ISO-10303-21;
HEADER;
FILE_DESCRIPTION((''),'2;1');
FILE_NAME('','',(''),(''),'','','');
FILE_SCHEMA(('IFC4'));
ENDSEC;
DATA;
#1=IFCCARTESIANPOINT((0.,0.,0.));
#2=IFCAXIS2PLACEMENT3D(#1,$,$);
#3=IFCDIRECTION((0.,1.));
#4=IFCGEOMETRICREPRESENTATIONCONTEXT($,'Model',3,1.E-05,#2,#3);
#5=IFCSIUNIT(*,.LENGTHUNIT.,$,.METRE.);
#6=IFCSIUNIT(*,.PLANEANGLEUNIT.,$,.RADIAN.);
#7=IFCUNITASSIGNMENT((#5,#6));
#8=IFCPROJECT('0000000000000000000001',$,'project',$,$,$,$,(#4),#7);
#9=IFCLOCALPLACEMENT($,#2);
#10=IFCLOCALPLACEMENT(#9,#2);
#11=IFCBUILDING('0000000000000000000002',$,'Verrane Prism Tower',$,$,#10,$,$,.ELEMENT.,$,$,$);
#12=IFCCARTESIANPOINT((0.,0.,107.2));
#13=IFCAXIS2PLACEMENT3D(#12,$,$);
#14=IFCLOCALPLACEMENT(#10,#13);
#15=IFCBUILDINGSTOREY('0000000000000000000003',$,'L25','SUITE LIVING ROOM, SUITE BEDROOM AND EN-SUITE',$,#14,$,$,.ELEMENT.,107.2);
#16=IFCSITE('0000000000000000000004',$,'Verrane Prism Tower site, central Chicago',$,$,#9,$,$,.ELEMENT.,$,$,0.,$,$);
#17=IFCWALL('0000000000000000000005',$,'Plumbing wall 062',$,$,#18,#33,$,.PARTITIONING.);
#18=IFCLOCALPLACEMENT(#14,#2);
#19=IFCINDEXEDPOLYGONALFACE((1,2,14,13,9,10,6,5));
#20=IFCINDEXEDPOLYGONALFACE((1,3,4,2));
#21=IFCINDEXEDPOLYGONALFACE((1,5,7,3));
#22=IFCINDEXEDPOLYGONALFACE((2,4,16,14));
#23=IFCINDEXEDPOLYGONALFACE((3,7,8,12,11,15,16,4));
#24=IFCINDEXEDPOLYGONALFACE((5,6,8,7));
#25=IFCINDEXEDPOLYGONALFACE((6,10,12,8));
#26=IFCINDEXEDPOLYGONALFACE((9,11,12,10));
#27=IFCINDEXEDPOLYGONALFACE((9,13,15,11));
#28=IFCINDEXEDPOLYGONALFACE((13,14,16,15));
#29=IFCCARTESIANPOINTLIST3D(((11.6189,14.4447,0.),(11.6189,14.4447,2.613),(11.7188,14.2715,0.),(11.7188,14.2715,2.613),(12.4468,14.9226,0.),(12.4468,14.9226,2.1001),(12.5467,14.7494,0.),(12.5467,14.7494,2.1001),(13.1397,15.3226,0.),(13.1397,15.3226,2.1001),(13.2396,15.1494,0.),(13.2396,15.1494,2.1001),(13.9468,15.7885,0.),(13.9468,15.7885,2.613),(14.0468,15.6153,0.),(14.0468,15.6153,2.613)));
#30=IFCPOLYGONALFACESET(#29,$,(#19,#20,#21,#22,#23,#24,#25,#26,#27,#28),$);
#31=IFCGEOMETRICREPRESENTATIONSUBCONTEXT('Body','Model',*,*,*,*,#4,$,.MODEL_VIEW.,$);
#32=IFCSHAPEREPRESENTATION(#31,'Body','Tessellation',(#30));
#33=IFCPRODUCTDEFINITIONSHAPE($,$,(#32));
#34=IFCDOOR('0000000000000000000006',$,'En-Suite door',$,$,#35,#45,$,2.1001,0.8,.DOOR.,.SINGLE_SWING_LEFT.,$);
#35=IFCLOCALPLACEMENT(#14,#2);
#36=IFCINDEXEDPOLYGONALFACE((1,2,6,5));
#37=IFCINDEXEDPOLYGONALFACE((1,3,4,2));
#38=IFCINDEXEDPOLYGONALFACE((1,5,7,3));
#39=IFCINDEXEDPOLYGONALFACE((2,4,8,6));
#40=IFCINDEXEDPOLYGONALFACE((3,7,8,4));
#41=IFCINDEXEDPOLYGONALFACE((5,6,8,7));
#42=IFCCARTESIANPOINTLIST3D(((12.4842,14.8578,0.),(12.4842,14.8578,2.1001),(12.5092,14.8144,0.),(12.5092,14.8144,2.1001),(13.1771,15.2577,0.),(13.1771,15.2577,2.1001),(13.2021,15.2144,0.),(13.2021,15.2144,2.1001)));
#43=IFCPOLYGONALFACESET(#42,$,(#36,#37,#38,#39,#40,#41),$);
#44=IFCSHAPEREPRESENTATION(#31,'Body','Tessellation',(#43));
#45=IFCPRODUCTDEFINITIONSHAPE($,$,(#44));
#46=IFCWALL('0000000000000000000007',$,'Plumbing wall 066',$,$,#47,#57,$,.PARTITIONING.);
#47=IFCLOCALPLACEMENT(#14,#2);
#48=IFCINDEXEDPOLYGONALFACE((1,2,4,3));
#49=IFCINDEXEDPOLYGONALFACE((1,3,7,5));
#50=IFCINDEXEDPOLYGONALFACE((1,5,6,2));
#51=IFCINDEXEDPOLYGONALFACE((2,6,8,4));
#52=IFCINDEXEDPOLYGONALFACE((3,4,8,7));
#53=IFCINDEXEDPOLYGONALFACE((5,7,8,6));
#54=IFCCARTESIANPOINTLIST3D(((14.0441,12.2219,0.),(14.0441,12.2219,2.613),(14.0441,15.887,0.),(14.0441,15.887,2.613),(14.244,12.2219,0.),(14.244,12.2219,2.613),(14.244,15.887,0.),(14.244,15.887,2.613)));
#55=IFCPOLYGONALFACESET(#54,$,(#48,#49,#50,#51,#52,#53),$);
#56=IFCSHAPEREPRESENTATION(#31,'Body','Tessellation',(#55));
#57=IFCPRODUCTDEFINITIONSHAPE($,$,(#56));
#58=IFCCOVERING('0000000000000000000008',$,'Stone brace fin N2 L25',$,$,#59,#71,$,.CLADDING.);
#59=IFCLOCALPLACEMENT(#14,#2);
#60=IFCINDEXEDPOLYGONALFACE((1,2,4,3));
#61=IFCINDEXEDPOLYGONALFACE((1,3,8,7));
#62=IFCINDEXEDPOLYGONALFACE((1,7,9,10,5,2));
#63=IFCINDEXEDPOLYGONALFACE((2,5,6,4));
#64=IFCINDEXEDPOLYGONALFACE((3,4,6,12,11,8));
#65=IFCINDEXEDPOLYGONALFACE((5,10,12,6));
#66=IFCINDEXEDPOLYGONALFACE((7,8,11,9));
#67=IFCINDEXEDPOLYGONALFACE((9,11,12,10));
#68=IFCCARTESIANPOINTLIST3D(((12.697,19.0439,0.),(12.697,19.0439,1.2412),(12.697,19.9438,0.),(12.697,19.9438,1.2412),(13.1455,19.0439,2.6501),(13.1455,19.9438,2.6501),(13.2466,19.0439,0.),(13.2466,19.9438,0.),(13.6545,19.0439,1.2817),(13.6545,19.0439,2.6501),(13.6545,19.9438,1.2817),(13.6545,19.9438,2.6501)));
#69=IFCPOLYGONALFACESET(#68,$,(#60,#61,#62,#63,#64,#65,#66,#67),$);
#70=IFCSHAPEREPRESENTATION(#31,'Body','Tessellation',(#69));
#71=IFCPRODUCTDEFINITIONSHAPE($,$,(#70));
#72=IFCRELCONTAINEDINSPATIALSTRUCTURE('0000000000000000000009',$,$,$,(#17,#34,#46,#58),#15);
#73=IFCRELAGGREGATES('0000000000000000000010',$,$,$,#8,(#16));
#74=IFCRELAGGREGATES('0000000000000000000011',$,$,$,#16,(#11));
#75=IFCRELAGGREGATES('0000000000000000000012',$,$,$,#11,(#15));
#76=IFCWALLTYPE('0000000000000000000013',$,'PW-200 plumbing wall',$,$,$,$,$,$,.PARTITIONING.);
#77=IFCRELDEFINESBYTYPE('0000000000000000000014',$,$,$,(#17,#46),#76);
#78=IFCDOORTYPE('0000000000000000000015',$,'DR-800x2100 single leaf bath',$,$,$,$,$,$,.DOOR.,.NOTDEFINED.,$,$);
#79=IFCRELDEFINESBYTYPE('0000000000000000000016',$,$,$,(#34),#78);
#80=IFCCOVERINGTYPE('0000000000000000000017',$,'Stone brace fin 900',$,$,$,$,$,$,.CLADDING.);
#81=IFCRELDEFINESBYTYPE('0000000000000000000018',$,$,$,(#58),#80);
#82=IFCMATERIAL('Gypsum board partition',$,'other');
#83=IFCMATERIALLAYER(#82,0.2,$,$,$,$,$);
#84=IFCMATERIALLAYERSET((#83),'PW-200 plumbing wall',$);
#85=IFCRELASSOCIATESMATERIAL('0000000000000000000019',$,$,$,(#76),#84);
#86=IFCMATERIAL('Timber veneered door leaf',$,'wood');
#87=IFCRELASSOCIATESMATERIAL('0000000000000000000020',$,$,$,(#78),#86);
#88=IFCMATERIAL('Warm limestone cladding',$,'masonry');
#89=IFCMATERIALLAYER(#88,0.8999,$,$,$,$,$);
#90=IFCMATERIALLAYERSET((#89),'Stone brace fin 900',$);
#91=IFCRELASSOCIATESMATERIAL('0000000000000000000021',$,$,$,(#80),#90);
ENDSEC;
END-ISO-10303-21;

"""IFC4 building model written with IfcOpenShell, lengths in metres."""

from ifc_helpers import new_model, si_unit, direction, frame, frame_2d, origin, place, context, subcontext, project, spatial, polyline, rectangle, outline, extrude, material, layer, layer_set, type_object, element, fill, save


model = new_model("IFC4")

# Units and contexts
model_context = context("Model", 3, precision=1e-05, world=origin(), true_north=direction((0.0, 1.0)))
body_context = subcontext(model_context, "Body", "Model", "MODEL_VIEW")
ifc_project = project(units=[si_unit("LENGTHUNIT", "METRE"), si_unit("PLANEANGLEUNIT", "RADIAN")], contexts=[model_context])

# Site, building, storey
site_placement = place(None, origin())
site = spatial("IfcSite", under=ifc_project, at=site_placement, Name="Verrane Prism Tower site, central Chicago", CompositionType="ELEMENT", RefElevation=0.0)
building_placement = place(site_placement, origin())
building = spatial("IfcBuilding", under=site, at=building_placement, Name="Verrane Prism Tower", CompositionType="ELEMENT")
storey_placement = place(building_placement, frame((0.0, 0.0, 107.2)))
storey = spatial("IfcBuildingStorey", under=building, at=storey_placement, Name="L25", Description="SUITE LIVING ROOM, SUITE BEDROOM AND EN-SUITE", CompositionType="ELEMENT", Elevation=107.2)

# Shared definitions
ifc_material_1 = material(Name="Gypsum board partition", Category="other")
ifc_layer_1 = layer(ifc_material_1, 0.2)
ifc_layer_set_1 = layer_set([ifc_layer_1], Name="PW-200 plumbing wall")
wall_type_1 = type_object("IfcWallType", Name="PW-200 plumbing wall", PredefinedType="PARTITIONING", material=ifc_layer_set_1)
ifc_material_2 = material(Name="Timber veneered door leaf", Category="wood")
door_type_1 = type_object("IfcDoorType", Name="DR-800x2100 single leaf bath", OperationType="NOTDEFINED", PredefinedType="DOOR", material=ifc_material_2)

# Wall, opening, door
wall_1_placement = place(storey_placement, frame((13.9968, 15.7019, 0.0), z_axis=(0.0, 0.0, 1.0), x_axis=(-0.866066, -0.49993, 0.0)))
wall_1 = element("IfcWall", 1, at=wall_1_placement, inside=storey, type_object=wall_type_1, Name="Plumbing wall 062", PredefinedType="PARTITIONING", context=body_context, shape_type="SweptSolid", body=[
    extrude(rectangle(XDim=2.688, YDim=0.2, at=frame_2d((1.344, 0.0))), origin(), (0.0, 0.0, 1.0), 2.613),
])
opening_1_placement = place(wall_1_placement, frame((0.9321, 0.0, 0.0)))
opening_1 = element("IfcOpeningElement", 2, at=opening_1_placement, cuts=wall_1, PredefinedType="OPENING", context=body_context, shape_type="SweptSolid", body=[
    extrude(rectangle(XDim=0.8, YDim=2.1001, at=frame_2d((0.3999, 1.05))), frame((0.0, 0.1099, 0.0), z_axis=(0.0, -1.0, 0.0), x_axis=(1.0, 0.0, 0.0)), (0.0, 0.0, 1.0), 0.22),
])
door_1_placement = place(opening_1_placement, origin())
door_1 = element("IfcDoor", 3, at=door_1_placement, inside=storey, type_object=door_type_1, Name="En-Suite door", OperationType="SINGLE_SWING_LEFT", OverallHeight=2.1001, OverallWidth=0.8, PredefinedType="DOOR", context=body_context, shape_type="SweptSolid", body=[
    extrude(rectangle(XDim=0.8, YDim=2.1001, at=frame_2d((0.3999, 1.05))), frame((0.0, 0.0249, 0.0), z_axis=(0.0, -1.0, 0.0), x_axis=(1.0, 0.0, 0.0)), (0.0, 0.0, 1.0), 0.05),
])
fill(opening_1, door_1)

# Wall
wall_2_placement = place(storey_placement, frame((14.144, 12.2219, 0.0), z_axis=(0.0, 0.0, 1.0), x_axis=(0.0, 1.0, 0.0)))
element("IfcWall", 4, at=wall_2_placement, inside=storey, type_object=wall_type_1, Name="Plumbing wall 066", PredefinedType="PARTITIONING", context=body_context, shape_type="SweptSolid", body=[
    extrude(rectangle(XDim=3.665, YDim=0.2, at=frame_2d((1.8325, 0.0))), origin(), (0.0, 0.0, 1.0), 2.613),
])

# Covering
ifc_material_3 = material(Name="Warm limestone cladding", Category="masonry")
ifc_layer_2 = layer(ifc_material_3, 0.8999)
ifc_layer_set_2 = layer_set([ifc_layer_2], Name="Stone brace fin 900")
covering_type = type_object("IfcCoveringType", Name="Stone brace fin 900", PredefinedType="CLADDING", material=ifc_layer_set_2)
covering_placement = place(storey_placement, frame((12.697, 19.4939, 0.0), z_axis=(0.0, 0.0, 1.0), x_axis=(1.0, 0.0, 0.0)))
element("IfcCovering", 5, at=covering_placement, inside=storey, type_object=covering_type, Name="Stone brace fin N2 L25", PredefinedType="CLADDING", context=body_context, shape_type="SweptSolid", body=[
    extrude(outline(polyline([(0.9575, 2.6501), (0.4485, 2.6501), (0.0, 1.2412), (0.0, 0.0), (0.5496, 0.0), (0.9575, 1.2817), (0.9575, 2.6501)])), frame((0.0, 0.45, 0.0), z_axis=(0.0, -1.0, 0.0), x_axis=(1.0, 0.0, 0.0)), (0.0, 0.0, 1.0), 0.8999),
])

save(model, "model.ifc")
